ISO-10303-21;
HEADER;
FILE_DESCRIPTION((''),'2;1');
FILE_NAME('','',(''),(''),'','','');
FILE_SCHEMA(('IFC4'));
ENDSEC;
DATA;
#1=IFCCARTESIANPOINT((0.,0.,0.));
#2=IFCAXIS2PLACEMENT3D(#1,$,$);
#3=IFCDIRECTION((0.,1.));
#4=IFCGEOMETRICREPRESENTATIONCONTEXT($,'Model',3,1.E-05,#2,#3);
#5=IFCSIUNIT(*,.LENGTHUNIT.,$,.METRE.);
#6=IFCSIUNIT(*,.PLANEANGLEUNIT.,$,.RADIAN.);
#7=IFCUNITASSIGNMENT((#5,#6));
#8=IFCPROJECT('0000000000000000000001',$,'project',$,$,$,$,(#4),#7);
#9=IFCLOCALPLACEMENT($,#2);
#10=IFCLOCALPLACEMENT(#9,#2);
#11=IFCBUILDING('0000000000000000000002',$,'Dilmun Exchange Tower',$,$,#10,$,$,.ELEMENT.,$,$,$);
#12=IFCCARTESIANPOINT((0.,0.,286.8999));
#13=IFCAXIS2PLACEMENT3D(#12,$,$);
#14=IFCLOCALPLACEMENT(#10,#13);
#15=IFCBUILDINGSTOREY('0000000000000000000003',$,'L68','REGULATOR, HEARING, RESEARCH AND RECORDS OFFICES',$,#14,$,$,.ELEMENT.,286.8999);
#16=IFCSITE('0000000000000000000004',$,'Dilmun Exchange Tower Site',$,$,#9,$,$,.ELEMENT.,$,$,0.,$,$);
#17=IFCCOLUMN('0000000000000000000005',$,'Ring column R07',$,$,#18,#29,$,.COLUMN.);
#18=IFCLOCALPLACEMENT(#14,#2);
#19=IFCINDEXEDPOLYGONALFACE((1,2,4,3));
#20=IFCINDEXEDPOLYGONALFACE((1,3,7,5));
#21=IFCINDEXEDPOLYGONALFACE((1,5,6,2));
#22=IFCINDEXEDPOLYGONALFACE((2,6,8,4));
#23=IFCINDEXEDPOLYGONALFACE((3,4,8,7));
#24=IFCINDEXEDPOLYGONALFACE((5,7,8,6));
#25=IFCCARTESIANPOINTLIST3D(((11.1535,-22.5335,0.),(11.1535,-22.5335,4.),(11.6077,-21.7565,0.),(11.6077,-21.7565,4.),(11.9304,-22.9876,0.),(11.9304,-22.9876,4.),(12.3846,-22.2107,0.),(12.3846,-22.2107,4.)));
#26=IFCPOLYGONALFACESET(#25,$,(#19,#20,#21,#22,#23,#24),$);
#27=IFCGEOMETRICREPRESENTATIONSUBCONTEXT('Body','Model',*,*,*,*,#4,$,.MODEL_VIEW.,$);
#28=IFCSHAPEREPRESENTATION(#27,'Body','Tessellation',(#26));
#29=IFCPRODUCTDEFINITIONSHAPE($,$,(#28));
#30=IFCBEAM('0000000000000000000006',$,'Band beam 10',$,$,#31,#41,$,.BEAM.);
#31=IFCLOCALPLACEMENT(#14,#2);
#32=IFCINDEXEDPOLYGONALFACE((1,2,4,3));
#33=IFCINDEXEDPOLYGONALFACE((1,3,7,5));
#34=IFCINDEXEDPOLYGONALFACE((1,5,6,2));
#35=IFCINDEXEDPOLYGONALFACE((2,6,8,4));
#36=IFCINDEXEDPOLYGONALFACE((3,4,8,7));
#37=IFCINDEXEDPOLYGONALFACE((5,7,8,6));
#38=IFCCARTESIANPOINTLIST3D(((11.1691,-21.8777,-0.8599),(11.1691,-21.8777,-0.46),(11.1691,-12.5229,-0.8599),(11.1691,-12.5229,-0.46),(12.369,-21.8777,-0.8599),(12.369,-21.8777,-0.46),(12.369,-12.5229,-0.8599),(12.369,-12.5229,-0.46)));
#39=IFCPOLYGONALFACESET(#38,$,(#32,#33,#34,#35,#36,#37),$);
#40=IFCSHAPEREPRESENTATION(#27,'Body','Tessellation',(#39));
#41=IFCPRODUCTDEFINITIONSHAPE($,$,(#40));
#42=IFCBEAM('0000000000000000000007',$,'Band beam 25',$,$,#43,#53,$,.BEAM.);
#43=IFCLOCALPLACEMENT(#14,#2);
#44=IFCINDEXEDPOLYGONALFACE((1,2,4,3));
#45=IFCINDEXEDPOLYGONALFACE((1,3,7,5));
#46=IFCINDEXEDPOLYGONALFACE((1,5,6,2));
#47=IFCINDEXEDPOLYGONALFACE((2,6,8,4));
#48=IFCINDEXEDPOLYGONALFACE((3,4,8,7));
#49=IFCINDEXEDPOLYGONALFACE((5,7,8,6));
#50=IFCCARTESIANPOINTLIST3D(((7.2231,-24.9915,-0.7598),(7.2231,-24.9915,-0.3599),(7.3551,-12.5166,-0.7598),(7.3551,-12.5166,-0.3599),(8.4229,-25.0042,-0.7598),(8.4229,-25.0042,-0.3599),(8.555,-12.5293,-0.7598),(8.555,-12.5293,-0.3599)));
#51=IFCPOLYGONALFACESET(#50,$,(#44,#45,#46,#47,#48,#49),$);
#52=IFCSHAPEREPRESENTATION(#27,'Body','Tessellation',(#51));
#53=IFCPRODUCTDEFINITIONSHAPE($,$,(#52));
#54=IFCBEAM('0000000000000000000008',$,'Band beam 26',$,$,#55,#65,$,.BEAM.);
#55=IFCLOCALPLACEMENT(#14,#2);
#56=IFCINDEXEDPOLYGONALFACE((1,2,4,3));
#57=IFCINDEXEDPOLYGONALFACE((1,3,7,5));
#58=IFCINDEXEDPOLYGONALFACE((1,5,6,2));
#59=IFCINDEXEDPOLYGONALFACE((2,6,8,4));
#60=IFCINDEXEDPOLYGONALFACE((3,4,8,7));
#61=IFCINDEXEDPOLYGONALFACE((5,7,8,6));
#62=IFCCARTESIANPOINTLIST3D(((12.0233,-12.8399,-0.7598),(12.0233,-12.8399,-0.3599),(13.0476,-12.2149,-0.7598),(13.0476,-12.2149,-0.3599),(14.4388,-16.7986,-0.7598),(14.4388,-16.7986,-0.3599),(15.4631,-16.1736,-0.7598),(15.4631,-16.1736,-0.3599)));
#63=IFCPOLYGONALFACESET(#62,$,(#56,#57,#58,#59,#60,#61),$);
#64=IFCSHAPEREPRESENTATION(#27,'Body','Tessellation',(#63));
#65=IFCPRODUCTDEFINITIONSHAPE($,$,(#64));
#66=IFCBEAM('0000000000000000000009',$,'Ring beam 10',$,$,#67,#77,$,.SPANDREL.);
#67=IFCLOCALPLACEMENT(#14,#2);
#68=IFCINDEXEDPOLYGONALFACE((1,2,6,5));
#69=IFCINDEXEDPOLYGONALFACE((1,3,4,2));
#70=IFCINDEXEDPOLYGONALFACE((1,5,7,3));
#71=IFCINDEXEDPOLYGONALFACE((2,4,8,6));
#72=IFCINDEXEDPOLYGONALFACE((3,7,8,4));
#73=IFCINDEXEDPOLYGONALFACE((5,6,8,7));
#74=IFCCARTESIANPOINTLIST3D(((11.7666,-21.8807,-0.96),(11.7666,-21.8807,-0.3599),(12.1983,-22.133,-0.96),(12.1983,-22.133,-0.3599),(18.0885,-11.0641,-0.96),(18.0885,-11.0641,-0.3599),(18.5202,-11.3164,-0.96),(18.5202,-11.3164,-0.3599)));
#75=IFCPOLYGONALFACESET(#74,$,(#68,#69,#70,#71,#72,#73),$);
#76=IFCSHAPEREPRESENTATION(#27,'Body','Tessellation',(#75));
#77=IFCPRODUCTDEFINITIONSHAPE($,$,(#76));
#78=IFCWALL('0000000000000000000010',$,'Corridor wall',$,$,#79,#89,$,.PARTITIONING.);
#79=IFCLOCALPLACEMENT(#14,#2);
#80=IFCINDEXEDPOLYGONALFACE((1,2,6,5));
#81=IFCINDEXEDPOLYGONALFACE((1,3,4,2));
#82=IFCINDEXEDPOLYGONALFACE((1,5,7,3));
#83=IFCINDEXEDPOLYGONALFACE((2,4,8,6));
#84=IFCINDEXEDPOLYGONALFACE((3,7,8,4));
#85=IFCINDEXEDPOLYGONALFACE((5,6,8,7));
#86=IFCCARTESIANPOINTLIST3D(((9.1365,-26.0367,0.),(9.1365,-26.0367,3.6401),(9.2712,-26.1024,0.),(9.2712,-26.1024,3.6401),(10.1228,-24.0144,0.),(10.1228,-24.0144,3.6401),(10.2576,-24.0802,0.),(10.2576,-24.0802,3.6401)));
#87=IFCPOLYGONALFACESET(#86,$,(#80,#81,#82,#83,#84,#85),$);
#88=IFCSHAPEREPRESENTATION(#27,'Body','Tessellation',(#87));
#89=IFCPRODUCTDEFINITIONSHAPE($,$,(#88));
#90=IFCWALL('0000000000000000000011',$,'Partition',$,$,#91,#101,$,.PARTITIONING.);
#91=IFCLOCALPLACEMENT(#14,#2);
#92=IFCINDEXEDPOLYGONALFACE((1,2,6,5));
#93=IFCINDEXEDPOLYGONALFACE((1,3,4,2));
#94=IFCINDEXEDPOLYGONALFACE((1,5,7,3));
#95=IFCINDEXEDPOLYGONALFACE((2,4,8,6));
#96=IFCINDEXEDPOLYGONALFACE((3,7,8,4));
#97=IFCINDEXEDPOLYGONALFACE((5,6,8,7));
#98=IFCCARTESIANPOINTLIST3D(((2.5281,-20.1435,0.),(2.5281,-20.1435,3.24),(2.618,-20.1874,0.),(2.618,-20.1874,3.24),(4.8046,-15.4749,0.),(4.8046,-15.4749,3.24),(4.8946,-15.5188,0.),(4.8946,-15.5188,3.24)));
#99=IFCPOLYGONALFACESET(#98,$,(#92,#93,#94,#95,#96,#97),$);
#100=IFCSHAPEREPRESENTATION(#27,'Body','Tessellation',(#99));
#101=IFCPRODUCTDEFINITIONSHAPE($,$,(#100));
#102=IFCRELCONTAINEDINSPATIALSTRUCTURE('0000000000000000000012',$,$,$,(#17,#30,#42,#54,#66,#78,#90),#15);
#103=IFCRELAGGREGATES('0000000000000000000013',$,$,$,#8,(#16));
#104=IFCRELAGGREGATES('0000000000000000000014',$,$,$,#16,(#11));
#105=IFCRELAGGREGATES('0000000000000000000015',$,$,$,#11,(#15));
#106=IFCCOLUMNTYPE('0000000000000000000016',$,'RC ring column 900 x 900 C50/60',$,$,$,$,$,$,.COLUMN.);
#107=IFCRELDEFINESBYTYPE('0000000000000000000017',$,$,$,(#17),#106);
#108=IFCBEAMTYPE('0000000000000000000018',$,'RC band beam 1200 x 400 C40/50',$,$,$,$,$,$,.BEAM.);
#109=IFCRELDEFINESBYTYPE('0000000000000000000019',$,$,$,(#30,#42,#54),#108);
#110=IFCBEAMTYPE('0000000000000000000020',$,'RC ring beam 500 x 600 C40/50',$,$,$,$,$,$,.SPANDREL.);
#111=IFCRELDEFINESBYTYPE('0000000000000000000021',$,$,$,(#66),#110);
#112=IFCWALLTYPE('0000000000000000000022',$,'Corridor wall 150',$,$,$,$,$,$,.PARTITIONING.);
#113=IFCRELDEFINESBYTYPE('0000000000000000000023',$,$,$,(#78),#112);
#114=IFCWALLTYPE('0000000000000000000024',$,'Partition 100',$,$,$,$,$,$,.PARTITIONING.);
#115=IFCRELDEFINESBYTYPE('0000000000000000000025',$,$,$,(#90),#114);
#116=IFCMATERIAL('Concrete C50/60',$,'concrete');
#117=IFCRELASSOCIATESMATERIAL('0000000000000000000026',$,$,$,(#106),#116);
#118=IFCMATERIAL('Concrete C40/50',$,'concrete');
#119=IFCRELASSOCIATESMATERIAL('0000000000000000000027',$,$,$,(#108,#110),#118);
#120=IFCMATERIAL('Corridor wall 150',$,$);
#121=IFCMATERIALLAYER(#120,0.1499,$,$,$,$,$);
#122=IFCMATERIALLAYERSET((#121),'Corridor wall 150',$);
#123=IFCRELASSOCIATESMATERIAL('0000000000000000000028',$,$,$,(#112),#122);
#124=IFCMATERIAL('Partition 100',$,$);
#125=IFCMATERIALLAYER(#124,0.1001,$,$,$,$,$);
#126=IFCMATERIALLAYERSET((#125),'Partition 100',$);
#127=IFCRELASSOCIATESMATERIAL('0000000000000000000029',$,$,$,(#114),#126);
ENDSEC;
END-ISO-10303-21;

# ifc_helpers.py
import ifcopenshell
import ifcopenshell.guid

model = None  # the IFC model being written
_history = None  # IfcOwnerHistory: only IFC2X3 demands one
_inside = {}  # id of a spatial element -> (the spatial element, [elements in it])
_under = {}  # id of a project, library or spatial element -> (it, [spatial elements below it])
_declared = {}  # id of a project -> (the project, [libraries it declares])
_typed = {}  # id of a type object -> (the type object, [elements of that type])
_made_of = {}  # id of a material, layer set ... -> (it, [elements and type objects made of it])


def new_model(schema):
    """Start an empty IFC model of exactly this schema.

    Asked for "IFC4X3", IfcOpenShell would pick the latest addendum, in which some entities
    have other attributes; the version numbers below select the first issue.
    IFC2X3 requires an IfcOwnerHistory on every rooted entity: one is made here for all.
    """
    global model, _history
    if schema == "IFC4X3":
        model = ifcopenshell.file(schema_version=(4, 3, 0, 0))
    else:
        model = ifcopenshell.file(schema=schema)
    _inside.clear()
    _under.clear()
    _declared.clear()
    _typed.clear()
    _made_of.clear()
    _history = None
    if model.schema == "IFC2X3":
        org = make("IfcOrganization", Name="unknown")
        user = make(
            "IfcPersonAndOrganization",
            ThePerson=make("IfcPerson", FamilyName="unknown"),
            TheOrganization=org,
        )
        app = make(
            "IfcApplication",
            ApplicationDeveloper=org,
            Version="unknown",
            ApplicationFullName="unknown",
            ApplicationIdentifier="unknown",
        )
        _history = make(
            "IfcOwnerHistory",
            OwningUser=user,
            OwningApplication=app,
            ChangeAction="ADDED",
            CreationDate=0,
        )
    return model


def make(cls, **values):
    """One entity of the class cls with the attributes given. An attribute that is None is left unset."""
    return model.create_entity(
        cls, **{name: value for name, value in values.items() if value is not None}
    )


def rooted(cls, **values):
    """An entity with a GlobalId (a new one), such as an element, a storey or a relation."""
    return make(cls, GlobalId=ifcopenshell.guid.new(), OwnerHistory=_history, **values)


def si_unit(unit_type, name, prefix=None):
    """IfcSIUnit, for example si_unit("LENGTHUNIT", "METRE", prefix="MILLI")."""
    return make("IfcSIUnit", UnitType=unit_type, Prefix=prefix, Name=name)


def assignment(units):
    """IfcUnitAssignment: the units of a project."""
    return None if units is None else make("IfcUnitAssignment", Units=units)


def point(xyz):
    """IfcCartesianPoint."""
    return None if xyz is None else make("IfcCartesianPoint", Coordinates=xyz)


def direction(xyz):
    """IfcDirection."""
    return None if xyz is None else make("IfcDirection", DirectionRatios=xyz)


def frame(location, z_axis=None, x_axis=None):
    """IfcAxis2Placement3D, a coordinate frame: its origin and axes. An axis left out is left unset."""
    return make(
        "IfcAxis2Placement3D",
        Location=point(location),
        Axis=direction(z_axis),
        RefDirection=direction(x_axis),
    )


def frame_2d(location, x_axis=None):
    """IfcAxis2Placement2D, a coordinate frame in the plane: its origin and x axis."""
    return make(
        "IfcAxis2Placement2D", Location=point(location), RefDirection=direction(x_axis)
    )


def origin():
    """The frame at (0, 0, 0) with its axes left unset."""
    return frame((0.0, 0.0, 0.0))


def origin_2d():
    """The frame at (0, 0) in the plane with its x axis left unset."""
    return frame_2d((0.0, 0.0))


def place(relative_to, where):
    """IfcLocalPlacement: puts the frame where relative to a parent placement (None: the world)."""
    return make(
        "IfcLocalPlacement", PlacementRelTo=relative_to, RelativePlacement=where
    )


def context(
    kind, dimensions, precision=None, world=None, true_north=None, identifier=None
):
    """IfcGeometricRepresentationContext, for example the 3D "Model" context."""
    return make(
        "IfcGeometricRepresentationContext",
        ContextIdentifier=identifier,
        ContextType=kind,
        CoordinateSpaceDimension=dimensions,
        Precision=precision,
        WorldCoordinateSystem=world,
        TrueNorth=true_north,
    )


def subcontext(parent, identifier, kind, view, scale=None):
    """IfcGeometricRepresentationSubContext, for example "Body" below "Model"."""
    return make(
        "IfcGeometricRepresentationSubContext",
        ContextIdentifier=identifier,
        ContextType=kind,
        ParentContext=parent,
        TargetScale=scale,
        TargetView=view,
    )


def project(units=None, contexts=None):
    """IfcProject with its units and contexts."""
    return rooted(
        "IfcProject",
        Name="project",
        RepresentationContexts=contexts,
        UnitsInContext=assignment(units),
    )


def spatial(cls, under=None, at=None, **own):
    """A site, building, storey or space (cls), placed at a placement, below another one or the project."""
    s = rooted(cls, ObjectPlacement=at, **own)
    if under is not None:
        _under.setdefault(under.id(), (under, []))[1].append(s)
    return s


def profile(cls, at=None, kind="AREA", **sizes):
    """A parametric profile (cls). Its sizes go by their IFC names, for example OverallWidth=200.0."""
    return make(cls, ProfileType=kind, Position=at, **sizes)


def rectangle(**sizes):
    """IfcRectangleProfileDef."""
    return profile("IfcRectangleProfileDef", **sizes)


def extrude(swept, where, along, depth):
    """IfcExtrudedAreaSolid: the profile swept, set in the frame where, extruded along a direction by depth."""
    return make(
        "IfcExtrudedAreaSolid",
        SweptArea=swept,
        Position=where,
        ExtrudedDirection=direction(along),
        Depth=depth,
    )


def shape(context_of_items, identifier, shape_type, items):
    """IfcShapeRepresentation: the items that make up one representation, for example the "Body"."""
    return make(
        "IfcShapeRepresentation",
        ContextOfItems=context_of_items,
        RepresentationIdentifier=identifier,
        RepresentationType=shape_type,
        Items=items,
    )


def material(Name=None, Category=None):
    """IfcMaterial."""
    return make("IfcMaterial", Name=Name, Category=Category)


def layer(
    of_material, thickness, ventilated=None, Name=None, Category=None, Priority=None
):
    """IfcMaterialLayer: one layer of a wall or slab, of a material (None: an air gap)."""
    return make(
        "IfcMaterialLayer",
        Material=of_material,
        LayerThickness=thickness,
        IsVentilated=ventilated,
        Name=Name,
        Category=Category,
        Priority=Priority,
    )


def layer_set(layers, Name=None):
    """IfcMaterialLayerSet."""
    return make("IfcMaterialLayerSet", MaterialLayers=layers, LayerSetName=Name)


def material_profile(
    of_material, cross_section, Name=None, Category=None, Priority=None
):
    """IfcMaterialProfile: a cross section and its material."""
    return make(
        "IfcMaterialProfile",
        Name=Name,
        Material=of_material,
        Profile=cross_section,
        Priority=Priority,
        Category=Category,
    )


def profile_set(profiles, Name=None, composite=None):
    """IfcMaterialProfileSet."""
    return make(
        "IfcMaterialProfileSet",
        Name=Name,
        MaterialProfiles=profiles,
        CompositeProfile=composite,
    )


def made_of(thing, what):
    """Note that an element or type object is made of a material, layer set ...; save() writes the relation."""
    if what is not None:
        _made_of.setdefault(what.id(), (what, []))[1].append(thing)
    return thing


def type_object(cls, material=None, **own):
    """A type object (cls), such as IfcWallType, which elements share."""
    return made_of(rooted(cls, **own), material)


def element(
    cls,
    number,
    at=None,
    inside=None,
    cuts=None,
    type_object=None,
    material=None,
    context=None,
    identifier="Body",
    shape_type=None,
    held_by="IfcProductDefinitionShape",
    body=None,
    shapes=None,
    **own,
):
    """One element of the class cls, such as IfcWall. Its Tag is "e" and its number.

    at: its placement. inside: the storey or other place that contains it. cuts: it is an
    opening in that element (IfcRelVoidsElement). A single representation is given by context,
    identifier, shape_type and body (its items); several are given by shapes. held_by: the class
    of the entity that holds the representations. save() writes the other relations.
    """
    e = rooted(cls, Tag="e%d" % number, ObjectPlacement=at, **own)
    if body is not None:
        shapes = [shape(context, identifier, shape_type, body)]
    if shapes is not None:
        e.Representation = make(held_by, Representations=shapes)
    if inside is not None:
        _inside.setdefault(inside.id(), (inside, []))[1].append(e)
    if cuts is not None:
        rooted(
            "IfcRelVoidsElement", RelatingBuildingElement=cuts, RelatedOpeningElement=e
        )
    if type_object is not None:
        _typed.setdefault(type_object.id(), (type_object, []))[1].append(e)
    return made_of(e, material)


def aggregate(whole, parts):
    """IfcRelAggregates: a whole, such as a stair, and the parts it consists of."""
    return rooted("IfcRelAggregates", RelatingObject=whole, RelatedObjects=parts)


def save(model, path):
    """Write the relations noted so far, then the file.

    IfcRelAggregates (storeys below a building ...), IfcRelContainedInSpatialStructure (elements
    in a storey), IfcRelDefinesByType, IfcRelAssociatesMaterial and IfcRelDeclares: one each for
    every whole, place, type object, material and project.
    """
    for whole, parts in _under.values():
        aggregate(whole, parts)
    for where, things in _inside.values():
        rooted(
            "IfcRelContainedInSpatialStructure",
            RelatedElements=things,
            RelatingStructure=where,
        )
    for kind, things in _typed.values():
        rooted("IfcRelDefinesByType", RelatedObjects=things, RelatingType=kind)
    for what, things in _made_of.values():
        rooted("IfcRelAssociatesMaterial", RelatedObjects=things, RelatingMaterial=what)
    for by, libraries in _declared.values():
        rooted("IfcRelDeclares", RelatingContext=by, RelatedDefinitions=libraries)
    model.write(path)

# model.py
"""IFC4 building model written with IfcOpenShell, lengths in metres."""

from ifc_helpers import new_model, si_unit, direction, frame, frame_2d, origin, origin_2d, place, context, subcontext, project, spatial, rectangle, extrude, material, layer, layer_set, material_profile, profile_set, type_object, element, save


model = new_model("IFC4")

# Units and contexts
model_context = context("Model", 3, precision=1e-05, world=origin(), true_north=direction((0.0, 1.0)))
body_context = subcontext(model_context, "Body", "Model", "MODEL_VIEW")
ifc_project = project(units=[si_unit("LENGTHUNIT", "METRE"), si_unit("PLANEANGLEUNIT", "RADIAN")], contexts=[model_context])

# Site, building, storey
site_placement = place(None, origin())
site = spatial("IfcSite", under=ifc_project, at=site_placement, Name="Dilmun Exchange Tower Site", CompositionType="ELEMENT", RefElevation=0.0)
building_placement = place(site_placement, origin())
building = spatial("IfcBuilding", under=site, at=building_placement, Name="Dilmun Exchange Tower", CompositionType="ELEMENT")
storey_placement = place(building_placement, frame((0.0, 0.0, 286.8999)))
storey = spatial("IfcBuildingStorey", under=building, at=storey_placement, Name="L68", Description="REGULATOR, HEARING, RESEARCH AND RECORDS OFFICES", CompositionType="ELEMENT", Elevation=286.8999)

# Column
ifc_material_1 = material(Name="Concrete C50/60", Category="concrete")
ifc_material_profile_1 = material_profile(ifc_material_1, rectangle(XDim=0.8999, YDim=0.8999, at=origin_2d()), Name="900 x 900")
ifc_profile_set_1 = profile_set([ifc_material_profile_1], Name="Concrete C50/60")
column_type = type_object("IfcColumnType", Name="RC ring column 900 x 900 C50/60", PredefinedType="COLUMN", material=ifc_profile_set_1)
column_placement = place(storey_placement, frame((11.769, -22.3721, 0.0), z_axis=(0.0, 0.0, 1.0), x_axis=(0.504644, 0.863328, 0.0)))
element("IfcColumn", 1, at=column_placement, inside=storey, type_object=column_type, Name="Ring column R07", PredefinedType="COLUMN", context=body_context, shape_type="SweptSolid", body=[
    extrude(rectangle(XDim=0.8999, YDim=0.8999, at=origin_2d()), origin(), (0.0, 0.0, 1.0), 4.0),
])

# Beams
ifc_material_2 = material(Name="Concrete C40/50", Category="concrete")
ifc_material_profile_2 = material_profile(ifc_material_2, rectangle(XDim=1.2, YDim=0.3999, at=origin_2d()), Name="1200 x 400")
ifc_profile_set_2 = profile_set([ifc_material_profile_2], Name="Concrete C40/50")
beam_type_1 = type_object("IfcBeamType", Name="RC band beam 1200 x 400 C40/50", PredefinedType="BEAM", material=ifc_profile_set_2)
beam_1_placement = place(storey_placement, frame((11.769, -21.8777, -0.6599), z_axis=(0.0, 1.0, 0.0), x_axis=(-1.0, 0.0, 0.0)))
element("IfcBeam", 2, at=beam_1_placement, inside=storey, type_object=beam_type_1, Name="Band beam 10", PredefinedType="BEAM", context=body_context, shape_type="SweptSolid", body=[
    extrude(rectangle(XDim=1.2, YDim=0.3999, at=origin_2d()), origin(), (0.0, 0.0, 1.0), 9.3547),
])
beam_2_placement = place(storey_placement, frame((7.823, -24.9978, -0.5598), z_axis=(0.010587, 0.999944, 0.0), x_axis=(-0.999944, 0.010587, 0.0)))
element("IfcBeam", 3, at=beam_2_placement, inside=storey, type_object=beam_type_1, Name="Band beam 25", PredefinedType="BEAM", context=body_context, shape_type="SweptSolid", body=[
    extrude(rectangle(XDim=1.2, YDim=0.3999, at=origin_2d()), origin(), (0.0, 0.0, 1.0), 12.4756),
])
beam_3_placement = place(storey_placement, frame((14.9509, -16.4861, -0.5598), z_axis=(-0.520869, 0.853637, 0.0), x_axis=(-0.853637, -0.520869, 0.0)))
element("IfcBeam", 4, at=beam_3_placement, inside=storey, type_object=beam_type_1, Name="Band beam 26", PredefinedType="BEAM", context=body_context, shape_type="SweptSolid", body=[
    extrude(rectangle(XDim=1.2, YDim=0.3999, at=origin_2d()), origin(), (0.0, 0.0, 1.0), 4.6375),
])
ifc_material_profile_3 = material_profile(ifc_material_2, rectangle(XDim=0.5, YDim=0.6001, at=origin_2d()), Name="500 x 600")
ifc_profile_set_3 = profile_set([ifc_material_profile_3], Name="Concrete C40/50")
beam_type_2 = type_object("IfcBeamType", Name="RC ring beam 500 x 600 C40/50", PredefinedType="SPANDREL", material=ifc_profile_set_3)
beam_4_placement = place(storey_placement, frame((11.9824, -22.0068, -0.6599), z_axis=(0.504604, 0.863351, 0.0), x_axis=(-0.863351, 0.504604, 0.0)))
element("IfcBeam", 5, at=beam_4_placement, inside=storey, type_object=beam_type_2, Name="Ring beam 10", PredefinedType="SPANDREL", context=body_context, shape_type="SweptSolid", body=[
    extrude(rectangle(XDim=0.5, YDim=0.6001, at=origin_2d()), origin(), (0.0, 0.0, 1.0), 12.5286),
])

# Walls
ifc_material_3 = material(Name="Corridor wall 150")
ifc_layer_1 = layer(ifc_material_3, 0.1499)
ifc_layer_set_1 = layer_set([ifc_layer_1], Name="Corridor wall 150")
wall_type_1 = type_object("IfcWallType", Name="Corridor wall 150", PredefinedType="PARTITIONING", material=ifc_layer_set_1)
wall_1_placement = place(storey_placement, frame((9.2039, -26.0696, 0.0), z_axis=(0.0, 0.0, 1.0), x_axis=(0.438381, 0.898789, 0.0)))
element("IfcWall", 6, at=wall_1_placement, inside=storey, type_object=wall_type_1, Name="Corridor wall", PredefinedType="PARTITIONING", context=body_context, shape_type="SweptSolid", body=[
    extrude(rectangle(XDim=2.25, YDim=0.1499, at=frame_2d((1.125, 0.0))), origin(), (0.0, 0.0, 1.0), 3.6401),
])
ifc_material_4 = material(Name="Partition 100")
ifc_layer_2 = layer(ifc_material_4, 0.1001)
ifc_layer_set_2 = layer_set([ifc_layer_2], Name="Partition 100")
wall_type_2 = type_object("IfcWallType", Name="Partition 100", PredefinedType="PARTITIONING", material=ifc_layer_set_2)
wall_2_placement = place(storey_placement, frame((2.573, -20.1655, 0.0), z_axis=(0.0, 0.0, 1.0), x_axis=(0.438299, 0.898829, 0.0)))
element("IfcWall", 7, at=wall_2_placement, inside=storey, type_object=wall_type_2, Name="Partition", PredefinedType="PARTITIONING", context=body_context, shape_type="SweptSolid", body=[
    extrude(rectangle(XDim=5.1941, YDim=0.1001, at=frame_2d((2.5972, 0.0))), origin(), (0.0, 0.0, 1.0), 3.24),
])

save(model, "model.ifc")
